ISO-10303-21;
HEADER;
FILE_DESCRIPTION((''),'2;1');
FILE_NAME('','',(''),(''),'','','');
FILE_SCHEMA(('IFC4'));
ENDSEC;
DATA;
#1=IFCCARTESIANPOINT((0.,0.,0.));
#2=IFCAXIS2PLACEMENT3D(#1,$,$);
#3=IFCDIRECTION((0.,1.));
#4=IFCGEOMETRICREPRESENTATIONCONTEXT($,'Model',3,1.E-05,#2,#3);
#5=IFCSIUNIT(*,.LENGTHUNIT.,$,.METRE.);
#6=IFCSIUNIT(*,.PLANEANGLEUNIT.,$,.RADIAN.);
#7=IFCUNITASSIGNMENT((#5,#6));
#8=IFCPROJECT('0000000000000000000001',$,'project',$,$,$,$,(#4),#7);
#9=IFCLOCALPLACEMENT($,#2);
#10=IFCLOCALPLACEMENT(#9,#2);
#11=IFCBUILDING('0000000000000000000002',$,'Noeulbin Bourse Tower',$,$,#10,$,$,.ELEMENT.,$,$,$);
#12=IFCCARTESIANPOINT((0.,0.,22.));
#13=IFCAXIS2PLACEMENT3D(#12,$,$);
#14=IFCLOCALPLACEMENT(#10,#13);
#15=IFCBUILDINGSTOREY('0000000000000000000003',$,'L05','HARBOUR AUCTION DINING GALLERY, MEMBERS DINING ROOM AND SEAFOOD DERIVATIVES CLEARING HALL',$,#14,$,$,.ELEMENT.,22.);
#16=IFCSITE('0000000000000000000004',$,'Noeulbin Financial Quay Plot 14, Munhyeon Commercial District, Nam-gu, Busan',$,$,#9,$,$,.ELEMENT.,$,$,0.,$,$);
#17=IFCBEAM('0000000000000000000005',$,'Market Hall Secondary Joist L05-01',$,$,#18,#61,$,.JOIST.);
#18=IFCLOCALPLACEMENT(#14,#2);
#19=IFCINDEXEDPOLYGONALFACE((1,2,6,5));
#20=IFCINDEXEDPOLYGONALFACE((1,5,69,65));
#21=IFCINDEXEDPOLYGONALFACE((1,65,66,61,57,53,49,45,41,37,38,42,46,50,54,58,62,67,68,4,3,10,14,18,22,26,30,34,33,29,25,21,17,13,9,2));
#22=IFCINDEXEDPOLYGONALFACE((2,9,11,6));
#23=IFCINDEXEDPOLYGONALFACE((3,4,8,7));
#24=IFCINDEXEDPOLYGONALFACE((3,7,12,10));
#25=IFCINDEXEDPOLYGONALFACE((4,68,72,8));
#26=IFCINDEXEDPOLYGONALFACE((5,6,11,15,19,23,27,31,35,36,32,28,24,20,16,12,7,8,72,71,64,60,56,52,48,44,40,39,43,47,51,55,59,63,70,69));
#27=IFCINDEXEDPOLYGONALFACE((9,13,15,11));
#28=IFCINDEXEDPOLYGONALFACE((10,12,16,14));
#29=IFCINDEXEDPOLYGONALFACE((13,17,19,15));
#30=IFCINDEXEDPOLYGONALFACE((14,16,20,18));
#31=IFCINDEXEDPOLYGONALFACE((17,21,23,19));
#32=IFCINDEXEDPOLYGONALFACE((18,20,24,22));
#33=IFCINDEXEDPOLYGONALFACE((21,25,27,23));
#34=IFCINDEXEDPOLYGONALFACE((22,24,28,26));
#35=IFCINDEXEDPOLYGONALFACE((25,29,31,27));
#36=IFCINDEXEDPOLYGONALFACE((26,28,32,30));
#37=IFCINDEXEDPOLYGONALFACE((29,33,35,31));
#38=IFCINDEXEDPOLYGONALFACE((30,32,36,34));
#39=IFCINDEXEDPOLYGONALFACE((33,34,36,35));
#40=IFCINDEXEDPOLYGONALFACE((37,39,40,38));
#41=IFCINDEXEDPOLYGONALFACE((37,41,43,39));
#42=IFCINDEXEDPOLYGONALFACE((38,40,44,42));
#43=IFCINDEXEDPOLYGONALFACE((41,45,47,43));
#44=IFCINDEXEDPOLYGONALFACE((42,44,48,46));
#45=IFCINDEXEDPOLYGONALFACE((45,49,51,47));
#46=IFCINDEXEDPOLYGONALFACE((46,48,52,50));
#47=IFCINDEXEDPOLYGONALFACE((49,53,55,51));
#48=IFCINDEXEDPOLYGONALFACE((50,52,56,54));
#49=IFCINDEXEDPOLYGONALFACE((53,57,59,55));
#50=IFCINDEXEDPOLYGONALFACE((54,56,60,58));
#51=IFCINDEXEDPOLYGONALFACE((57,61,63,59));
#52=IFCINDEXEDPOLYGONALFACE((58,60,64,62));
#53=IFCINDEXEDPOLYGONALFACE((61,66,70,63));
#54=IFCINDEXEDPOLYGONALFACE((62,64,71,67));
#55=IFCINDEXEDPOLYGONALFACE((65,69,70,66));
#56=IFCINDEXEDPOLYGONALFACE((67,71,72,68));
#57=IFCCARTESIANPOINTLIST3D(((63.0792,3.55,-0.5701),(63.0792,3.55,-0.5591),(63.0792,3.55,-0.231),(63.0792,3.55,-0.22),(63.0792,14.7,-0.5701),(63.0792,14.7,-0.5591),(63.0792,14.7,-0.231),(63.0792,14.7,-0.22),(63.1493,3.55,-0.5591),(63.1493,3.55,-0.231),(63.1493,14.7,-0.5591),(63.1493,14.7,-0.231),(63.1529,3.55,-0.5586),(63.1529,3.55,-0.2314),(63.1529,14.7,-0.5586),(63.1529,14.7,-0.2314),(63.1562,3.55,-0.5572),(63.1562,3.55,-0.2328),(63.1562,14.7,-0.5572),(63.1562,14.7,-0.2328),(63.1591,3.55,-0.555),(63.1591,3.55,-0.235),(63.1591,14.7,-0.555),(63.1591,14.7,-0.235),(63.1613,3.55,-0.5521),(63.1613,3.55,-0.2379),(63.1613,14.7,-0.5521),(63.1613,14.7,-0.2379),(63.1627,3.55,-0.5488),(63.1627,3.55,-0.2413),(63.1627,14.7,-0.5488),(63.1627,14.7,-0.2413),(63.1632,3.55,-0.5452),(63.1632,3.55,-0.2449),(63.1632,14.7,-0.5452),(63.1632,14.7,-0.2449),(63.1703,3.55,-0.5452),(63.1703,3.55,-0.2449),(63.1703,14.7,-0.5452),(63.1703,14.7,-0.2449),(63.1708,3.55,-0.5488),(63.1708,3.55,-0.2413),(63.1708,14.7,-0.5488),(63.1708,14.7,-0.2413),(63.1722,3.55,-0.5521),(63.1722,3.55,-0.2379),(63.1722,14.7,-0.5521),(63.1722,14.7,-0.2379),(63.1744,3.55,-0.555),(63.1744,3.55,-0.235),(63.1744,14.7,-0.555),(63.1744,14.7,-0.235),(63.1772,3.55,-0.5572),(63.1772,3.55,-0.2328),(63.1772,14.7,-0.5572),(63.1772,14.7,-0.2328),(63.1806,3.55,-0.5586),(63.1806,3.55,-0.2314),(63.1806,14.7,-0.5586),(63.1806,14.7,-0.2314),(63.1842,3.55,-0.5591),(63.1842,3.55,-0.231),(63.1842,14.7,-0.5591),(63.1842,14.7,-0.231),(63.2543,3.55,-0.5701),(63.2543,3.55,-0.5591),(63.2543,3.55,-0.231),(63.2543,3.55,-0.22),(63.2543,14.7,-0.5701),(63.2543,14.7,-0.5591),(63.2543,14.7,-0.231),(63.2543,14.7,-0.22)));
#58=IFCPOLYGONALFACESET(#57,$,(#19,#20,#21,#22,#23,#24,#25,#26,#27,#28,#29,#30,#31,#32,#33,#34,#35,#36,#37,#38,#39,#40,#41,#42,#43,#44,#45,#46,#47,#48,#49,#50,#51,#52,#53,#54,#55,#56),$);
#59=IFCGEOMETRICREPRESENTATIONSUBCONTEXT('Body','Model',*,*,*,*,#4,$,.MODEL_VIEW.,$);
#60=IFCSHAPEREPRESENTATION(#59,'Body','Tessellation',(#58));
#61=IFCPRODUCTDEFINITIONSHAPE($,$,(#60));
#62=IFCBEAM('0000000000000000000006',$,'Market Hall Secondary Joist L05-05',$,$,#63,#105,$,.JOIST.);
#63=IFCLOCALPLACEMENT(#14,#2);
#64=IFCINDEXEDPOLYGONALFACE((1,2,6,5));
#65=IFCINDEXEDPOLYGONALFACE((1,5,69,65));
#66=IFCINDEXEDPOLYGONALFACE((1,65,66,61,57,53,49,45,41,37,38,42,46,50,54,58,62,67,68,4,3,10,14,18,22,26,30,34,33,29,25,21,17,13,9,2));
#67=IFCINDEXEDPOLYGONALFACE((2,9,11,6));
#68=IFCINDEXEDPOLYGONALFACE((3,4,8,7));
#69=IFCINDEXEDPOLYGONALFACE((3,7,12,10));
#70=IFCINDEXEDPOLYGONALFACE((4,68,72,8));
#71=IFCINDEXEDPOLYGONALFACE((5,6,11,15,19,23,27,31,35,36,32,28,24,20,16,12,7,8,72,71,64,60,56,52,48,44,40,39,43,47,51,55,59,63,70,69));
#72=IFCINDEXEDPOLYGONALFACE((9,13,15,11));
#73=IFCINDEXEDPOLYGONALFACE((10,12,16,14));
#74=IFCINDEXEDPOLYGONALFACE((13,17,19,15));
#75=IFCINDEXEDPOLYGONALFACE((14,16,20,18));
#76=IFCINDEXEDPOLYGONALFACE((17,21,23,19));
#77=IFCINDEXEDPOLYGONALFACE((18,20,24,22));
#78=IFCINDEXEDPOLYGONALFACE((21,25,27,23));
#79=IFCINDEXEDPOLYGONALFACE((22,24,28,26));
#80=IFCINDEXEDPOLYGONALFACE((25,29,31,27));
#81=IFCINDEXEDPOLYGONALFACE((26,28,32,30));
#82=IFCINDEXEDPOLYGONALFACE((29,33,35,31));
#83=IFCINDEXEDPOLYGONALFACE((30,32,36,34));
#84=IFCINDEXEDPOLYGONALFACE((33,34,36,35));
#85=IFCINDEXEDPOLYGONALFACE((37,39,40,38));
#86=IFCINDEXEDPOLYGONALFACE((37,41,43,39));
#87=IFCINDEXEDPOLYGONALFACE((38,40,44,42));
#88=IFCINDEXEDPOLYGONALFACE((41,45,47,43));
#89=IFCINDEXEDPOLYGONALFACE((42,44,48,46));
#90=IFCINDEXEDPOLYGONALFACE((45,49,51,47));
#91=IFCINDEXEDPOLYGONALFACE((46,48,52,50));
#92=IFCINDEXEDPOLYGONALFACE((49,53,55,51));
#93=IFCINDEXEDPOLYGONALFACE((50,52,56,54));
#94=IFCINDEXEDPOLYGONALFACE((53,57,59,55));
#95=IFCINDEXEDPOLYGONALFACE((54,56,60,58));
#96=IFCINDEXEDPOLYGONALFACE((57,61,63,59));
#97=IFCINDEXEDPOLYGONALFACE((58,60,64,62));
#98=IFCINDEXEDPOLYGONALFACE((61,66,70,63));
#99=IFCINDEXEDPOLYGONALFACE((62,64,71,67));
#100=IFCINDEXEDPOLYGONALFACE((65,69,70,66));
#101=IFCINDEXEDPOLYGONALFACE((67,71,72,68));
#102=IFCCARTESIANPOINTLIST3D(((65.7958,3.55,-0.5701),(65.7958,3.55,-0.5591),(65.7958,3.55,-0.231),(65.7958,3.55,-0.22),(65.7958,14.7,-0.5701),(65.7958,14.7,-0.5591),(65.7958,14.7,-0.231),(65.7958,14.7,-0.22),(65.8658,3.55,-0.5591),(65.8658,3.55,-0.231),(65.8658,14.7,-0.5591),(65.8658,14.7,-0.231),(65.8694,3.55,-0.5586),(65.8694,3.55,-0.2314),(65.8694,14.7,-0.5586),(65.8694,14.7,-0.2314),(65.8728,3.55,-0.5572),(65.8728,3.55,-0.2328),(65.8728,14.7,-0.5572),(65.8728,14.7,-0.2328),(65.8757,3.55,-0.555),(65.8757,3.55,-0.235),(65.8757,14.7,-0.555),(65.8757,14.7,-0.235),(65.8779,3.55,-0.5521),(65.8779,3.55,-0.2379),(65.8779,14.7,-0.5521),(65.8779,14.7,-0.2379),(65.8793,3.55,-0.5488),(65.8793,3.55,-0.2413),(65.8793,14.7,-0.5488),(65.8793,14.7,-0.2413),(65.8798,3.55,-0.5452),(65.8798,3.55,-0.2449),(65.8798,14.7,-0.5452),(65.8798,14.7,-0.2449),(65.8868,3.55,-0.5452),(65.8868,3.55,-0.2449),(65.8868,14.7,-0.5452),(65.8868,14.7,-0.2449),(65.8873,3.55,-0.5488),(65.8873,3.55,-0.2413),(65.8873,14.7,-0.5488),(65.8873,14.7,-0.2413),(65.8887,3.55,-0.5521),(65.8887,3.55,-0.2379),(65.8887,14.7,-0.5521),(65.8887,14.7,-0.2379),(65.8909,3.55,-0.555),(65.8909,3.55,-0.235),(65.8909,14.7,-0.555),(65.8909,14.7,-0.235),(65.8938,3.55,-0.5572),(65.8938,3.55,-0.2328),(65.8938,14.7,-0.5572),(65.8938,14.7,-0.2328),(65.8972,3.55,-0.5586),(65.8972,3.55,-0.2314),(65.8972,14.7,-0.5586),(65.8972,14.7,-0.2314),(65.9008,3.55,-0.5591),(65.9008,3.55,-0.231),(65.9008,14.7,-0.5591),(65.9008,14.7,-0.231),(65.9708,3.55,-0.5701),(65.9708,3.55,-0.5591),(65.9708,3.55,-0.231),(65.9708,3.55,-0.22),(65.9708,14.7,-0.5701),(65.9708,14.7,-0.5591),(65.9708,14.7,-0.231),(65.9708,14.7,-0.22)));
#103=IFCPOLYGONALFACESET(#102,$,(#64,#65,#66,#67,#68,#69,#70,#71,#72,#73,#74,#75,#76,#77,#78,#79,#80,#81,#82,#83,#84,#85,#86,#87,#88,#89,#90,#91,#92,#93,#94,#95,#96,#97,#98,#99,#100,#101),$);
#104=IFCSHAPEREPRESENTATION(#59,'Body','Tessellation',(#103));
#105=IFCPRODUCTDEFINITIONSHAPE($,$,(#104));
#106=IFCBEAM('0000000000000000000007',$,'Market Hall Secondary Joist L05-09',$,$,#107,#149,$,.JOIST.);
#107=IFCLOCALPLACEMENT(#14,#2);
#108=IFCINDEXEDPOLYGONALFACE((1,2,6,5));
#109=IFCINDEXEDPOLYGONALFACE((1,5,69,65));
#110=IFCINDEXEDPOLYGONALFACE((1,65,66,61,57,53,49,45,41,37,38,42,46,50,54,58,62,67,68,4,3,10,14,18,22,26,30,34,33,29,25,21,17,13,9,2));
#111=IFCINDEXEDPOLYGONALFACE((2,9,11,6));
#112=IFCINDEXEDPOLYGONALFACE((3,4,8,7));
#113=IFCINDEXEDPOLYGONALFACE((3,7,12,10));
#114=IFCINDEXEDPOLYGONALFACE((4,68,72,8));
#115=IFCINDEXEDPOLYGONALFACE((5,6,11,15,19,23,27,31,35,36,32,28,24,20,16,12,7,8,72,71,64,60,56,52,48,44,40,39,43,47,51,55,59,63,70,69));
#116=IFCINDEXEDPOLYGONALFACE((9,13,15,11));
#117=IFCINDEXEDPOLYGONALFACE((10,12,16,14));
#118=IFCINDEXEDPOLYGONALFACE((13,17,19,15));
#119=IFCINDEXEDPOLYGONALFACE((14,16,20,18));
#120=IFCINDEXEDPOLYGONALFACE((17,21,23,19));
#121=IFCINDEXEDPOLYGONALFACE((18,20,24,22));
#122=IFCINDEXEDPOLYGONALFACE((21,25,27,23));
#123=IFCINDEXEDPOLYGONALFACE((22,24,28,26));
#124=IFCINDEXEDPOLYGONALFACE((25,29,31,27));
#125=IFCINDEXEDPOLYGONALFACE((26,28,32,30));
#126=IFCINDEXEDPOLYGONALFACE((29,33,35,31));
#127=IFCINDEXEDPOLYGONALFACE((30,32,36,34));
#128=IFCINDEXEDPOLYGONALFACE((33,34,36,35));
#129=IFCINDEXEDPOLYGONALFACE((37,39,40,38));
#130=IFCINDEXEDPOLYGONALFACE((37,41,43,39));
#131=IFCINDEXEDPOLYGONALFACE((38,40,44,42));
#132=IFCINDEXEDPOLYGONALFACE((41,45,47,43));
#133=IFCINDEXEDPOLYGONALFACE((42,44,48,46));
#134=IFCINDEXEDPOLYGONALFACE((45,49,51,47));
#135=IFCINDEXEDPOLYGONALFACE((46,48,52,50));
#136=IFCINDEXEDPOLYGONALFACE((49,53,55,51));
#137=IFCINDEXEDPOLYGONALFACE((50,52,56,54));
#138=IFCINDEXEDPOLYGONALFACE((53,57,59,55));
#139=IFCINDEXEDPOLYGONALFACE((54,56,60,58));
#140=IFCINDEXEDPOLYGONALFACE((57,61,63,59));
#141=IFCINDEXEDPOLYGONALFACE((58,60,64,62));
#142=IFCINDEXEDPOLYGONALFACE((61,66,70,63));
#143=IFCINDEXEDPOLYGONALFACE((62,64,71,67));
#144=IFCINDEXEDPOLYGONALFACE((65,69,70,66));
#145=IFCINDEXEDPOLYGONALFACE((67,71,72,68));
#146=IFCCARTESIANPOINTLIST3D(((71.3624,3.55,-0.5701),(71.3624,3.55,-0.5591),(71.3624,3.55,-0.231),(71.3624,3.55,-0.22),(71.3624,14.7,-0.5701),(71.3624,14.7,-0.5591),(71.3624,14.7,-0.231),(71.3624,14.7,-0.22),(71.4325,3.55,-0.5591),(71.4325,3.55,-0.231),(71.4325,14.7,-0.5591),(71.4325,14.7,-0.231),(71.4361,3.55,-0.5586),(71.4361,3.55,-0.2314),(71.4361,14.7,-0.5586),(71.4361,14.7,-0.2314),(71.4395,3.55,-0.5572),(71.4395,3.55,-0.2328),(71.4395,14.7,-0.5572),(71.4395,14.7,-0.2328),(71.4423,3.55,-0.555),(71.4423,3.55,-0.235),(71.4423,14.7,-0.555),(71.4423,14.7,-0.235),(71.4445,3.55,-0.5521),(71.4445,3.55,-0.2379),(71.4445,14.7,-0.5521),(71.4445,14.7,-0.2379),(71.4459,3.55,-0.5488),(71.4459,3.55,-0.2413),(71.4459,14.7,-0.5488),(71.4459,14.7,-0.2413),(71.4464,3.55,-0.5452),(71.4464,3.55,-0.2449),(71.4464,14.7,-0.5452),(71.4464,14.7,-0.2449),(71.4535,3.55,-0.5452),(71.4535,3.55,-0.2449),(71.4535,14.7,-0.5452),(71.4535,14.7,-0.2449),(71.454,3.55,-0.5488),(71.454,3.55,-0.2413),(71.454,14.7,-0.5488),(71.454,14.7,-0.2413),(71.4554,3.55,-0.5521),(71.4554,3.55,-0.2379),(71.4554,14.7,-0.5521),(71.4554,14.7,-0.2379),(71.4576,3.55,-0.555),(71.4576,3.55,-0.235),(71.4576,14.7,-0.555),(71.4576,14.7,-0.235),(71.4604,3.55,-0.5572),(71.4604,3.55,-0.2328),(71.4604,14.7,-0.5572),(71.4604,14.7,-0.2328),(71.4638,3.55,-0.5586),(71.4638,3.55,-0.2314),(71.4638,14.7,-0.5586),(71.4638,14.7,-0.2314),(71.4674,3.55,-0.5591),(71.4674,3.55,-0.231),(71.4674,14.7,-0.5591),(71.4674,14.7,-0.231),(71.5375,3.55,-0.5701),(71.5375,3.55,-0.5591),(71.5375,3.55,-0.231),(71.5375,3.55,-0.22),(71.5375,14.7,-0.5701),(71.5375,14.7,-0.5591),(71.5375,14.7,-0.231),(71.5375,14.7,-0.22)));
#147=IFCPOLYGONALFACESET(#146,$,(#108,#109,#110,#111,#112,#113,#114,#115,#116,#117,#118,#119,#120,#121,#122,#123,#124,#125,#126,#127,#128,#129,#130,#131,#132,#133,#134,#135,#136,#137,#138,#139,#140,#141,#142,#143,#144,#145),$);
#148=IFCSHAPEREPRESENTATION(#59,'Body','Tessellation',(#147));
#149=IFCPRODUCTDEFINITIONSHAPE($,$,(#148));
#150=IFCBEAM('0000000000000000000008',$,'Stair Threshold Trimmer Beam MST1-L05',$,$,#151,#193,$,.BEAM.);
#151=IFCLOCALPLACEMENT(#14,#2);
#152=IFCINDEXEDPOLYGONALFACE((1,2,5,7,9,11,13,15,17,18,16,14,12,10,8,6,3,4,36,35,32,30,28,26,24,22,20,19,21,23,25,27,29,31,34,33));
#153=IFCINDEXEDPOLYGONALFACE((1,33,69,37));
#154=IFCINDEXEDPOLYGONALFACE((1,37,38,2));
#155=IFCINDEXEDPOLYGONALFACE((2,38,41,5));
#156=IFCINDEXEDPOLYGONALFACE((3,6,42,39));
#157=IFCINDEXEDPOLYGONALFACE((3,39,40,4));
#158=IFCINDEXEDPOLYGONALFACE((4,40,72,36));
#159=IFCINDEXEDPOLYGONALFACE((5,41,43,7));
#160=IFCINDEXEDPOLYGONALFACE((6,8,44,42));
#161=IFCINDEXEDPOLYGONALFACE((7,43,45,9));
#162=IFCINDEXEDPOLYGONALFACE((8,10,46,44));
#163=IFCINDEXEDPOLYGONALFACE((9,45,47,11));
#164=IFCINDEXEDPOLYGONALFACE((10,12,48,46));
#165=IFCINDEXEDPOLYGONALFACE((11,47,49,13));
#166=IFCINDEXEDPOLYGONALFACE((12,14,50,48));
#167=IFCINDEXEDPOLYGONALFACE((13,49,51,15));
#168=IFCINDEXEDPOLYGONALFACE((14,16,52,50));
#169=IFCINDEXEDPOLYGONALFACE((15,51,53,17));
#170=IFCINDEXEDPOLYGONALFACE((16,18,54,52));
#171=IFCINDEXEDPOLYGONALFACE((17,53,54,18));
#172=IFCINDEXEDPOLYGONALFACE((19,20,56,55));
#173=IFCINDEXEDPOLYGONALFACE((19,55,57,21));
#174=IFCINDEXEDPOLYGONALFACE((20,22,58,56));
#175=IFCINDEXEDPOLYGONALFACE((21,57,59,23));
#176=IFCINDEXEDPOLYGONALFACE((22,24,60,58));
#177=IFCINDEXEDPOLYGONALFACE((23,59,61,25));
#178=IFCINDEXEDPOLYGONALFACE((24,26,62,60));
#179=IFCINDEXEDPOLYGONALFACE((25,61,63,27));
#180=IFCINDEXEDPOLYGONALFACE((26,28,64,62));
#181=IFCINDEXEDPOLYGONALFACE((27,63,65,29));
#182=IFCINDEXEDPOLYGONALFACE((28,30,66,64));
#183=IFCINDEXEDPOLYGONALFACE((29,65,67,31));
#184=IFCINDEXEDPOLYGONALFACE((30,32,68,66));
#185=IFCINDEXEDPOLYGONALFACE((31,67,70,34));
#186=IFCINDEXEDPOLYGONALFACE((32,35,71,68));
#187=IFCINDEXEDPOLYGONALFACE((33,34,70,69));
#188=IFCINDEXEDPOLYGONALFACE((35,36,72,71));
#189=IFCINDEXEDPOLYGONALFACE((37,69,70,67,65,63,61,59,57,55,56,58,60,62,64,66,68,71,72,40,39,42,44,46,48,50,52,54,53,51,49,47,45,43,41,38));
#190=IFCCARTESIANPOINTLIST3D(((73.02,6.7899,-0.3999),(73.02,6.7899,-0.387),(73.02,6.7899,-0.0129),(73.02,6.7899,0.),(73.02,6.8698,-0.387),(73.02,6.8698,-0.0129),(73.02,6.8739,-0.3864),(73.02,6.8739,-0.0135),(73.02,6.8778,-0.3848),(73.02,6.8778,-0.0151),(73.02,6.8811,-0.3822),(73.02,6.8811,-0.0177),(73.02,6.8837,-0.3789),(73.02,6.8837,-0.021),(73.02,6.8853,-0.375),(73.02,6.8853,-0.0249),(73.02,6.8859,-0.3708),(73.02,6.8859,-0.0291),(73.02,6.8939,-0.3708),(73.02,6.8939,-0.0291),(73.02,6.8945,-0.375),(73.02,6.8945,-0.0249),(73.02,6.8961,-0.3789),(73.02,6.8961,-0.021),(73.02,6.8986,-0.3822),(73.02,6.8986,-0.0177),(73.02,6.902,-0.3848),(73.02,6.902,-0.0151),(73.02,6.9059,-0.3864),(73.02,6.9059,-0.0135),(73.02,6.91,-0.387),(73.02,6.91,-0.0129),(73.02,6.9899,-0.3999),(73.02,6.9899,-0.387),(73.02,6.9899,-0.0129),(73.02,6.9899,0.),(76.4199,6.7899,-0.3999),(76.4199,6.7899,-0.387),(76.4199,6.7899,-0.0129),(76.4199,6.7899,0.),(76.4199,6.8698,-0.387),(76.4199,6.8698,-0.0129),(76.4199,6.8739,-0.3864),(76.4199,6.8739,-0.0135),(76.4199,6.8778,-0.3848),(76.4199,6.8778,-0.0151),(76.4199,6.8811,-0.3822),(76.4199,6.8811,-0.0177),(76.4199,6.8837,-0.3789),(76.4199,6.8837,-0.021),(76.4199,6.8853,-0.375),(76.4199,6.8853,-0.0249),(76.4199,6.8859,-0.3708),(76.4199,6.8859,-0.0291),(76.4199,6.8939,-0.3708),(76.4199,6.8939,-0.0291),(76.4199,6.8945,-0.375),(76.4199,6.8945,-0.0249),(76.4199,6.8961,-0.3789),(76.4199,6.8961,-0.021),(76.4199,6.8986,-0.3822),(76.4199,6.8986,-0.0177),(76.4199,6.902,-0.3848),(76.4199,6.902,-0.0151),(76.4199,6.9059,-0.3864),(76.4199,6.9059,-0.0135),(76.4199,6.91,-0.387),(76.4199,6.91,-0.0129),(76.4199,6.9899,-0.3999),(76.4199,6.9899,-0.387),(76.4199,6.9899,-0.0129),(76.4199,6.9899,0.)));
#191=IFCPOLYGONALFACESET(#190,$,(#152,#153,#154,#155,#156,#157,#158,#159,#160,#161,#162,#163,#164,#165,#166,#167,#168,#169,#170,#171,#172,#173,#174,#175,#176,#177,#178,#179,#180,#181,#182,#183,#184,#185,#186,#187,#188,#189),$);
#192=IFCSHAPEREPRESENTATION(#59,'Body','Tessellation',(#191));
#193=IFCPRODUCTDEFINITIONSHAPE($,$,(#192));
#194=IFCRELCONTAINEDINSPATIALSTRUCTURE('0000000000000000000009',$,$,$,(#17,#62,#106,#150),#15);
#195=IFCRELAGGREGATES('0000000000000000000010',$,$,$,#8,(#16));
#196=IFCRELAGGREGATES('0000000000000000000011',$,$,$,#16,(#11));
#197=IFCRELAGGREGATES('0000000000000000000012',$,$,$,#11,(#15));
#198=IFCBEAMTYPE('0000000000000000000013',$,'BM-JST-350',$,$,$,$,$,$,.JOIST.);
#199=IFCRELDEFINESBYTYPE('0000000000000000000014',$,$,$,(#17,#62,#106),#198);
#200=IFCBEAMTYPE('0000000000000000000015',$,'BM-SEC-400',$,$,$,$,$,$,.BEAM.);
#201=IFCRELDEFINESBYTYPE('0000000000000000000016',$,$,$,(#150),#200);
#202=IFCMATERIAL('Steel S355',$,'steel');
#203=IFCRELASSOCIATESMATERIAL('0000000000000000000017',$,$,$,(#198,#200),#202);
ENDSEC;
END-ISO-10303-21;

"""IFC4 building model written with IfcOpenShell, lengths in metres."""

from ifc_helpers import new_model, si_unit, direction, frame, origin, origin_2d, place, context, subcontext, project, spatial, i_section, extrude, material, material_profile, profile_set, type_object, element, save


model = new_model("IFC4")

# Units and contexts
model_context = context("Model", 3, precision=1e-05, world=origin(), true_north=direction((0.0, 1.0)))
body_context = subcontext(model_context, "Body", "Model", "MODEL_VIEW")
ifc_project = project(units=[si_unit("LENGTHUNIT", "METRE"), si_unit("PLANEANGLEUNIT", "RADIAN")], contexts=[model_context])

# Site, building, storey
site_placement = place(None, origin())
site = spatial("IfcSite", under=ifc_project, at=site_placement, Name="Noeulbin Financial Quay Plot 14, Munhyeon Commercial District, Nam-gu, Busan", CompositionType="ELEMENT", RefElevation=0.0)
building_placement = place(site_placement, origin())
building = spatial("IfcBuilding", under=site, at=building_placement, Name="Noeulbin Bourse Tower", CompositionType="ELEMENT")
storey_placement = place(building_placement, frame((0.0, 0.0, 22.0)))
storey = spatial("IfcBuildingStorey", under=building, at=storey_placement, Name="L05", Description="HARBOUR AUCTION DINING GALLERY, MEMBERS DINING ROOM AND SEAFOOD DERIVATIVES CLEARING HALL", CompositionType="ELEMENT", Elevation=22.0)

# Shared definitions
ifc_material_1 = material(Name="Steel S355", Category="steel")

# Beams
ifc_material_profile_1 = material_profile(ifc_material_1, i_section(OverallWidth=0.175, OverallDepth=0.3501, WebThickness=0.0071, FlangeThickness=0.011, FilletRadius=0.0139, at=origin_2d()), Name="H-350x175x7x11", Category="LoadBearing")
ifc_profile_set_1 = profile_set([ifc_material_profile_1], Name="Steel S355")
beam_type_1 = type_object("IfcBeamType", Name="BM-JST-350", PredefinedType="JOIST", material=ifc_profile_set_1)
for number, where, z_axis, x_axis, name in (
    (1, (63.1667, 3.55, -0.395), (0.0, 1.0, 0.0), (-1.0, 0.0, 0.0), "Market Hall Secondary Joist L05-01"),
    (2, (65.8833, 3.55, -0.395), (0.0, 1.0, 0.0), (-1.0, 0.0, 0.0), "Market Hall Secondary Joist L05-05"),
    (3, (71.45, 3.55, -0.395), (0.0, 1.0, 0.0), (-1.0, 0.0, 0.0), "Market Hall Secondary Joist L05-09"),
):
    element("IfcBeam", number, at=place(storey_placement, frame(where, z_axis=z_axis, x_axis=x_axis)), inside=storey, type_object=beam_type_1, Name=name, PredefinedType="JOIST", context=body_context, shape_type="SweptSolid", body=[
        extrude(i_section(OverallWidth=0.175, OverallDepth=0.3501, WebThickness=0.0071, FlangeThickness=0.011, FilletRadius=0.0139, at=origin_2d()), origin(), (0.0, 0.0, 1.0), 11.1499),
    ])
ifc_material_profile_2 = material_profile(ifc_material_1, i_section(OverallWidth=0.2, OverallDepth=0.3999, WebThickness=0.0081, FlangeThickness=0.0129, FilletRadius=0.0161, at=origin_2d()), Name="H-400x200x8x13", Category="LoadBearing")
ifc_profile_set_2 = profile_set([ifc_material_profile_2], Name="Steel S355")
beam_type_2 = type_object("IfcBeamType", Name="BM-SEC-400", PredefinedType="BEAM", material=ifc_profile_set_2)
beam_1_placement = place(storey_placement, frame((73.02, 6.8899, -0.2), z_axis=(1.0, 0.0, 0.0), x_axis=(0.0, 1.0, 0.0)))
element("IfcBeam", 4, at=beam_1_placement, inside=storey, type_object=beam_type_2, Name="Stair Threshold Trimmer Beam MST1-L05", PredefinedType="BEAM", context=body_context, shape_type="SweptSolid", body=[
    extrude(i_section(OverallWidth=0.2, OverallDepth=0.3999, WebThickness=0.0081, FlangeThickness=0.0129, FilletRadius=0.0161, at=origin_2d()), origin(), (0.0, 0.0, 1.0), 3.3999),
])

save(model, "model.ifc")
